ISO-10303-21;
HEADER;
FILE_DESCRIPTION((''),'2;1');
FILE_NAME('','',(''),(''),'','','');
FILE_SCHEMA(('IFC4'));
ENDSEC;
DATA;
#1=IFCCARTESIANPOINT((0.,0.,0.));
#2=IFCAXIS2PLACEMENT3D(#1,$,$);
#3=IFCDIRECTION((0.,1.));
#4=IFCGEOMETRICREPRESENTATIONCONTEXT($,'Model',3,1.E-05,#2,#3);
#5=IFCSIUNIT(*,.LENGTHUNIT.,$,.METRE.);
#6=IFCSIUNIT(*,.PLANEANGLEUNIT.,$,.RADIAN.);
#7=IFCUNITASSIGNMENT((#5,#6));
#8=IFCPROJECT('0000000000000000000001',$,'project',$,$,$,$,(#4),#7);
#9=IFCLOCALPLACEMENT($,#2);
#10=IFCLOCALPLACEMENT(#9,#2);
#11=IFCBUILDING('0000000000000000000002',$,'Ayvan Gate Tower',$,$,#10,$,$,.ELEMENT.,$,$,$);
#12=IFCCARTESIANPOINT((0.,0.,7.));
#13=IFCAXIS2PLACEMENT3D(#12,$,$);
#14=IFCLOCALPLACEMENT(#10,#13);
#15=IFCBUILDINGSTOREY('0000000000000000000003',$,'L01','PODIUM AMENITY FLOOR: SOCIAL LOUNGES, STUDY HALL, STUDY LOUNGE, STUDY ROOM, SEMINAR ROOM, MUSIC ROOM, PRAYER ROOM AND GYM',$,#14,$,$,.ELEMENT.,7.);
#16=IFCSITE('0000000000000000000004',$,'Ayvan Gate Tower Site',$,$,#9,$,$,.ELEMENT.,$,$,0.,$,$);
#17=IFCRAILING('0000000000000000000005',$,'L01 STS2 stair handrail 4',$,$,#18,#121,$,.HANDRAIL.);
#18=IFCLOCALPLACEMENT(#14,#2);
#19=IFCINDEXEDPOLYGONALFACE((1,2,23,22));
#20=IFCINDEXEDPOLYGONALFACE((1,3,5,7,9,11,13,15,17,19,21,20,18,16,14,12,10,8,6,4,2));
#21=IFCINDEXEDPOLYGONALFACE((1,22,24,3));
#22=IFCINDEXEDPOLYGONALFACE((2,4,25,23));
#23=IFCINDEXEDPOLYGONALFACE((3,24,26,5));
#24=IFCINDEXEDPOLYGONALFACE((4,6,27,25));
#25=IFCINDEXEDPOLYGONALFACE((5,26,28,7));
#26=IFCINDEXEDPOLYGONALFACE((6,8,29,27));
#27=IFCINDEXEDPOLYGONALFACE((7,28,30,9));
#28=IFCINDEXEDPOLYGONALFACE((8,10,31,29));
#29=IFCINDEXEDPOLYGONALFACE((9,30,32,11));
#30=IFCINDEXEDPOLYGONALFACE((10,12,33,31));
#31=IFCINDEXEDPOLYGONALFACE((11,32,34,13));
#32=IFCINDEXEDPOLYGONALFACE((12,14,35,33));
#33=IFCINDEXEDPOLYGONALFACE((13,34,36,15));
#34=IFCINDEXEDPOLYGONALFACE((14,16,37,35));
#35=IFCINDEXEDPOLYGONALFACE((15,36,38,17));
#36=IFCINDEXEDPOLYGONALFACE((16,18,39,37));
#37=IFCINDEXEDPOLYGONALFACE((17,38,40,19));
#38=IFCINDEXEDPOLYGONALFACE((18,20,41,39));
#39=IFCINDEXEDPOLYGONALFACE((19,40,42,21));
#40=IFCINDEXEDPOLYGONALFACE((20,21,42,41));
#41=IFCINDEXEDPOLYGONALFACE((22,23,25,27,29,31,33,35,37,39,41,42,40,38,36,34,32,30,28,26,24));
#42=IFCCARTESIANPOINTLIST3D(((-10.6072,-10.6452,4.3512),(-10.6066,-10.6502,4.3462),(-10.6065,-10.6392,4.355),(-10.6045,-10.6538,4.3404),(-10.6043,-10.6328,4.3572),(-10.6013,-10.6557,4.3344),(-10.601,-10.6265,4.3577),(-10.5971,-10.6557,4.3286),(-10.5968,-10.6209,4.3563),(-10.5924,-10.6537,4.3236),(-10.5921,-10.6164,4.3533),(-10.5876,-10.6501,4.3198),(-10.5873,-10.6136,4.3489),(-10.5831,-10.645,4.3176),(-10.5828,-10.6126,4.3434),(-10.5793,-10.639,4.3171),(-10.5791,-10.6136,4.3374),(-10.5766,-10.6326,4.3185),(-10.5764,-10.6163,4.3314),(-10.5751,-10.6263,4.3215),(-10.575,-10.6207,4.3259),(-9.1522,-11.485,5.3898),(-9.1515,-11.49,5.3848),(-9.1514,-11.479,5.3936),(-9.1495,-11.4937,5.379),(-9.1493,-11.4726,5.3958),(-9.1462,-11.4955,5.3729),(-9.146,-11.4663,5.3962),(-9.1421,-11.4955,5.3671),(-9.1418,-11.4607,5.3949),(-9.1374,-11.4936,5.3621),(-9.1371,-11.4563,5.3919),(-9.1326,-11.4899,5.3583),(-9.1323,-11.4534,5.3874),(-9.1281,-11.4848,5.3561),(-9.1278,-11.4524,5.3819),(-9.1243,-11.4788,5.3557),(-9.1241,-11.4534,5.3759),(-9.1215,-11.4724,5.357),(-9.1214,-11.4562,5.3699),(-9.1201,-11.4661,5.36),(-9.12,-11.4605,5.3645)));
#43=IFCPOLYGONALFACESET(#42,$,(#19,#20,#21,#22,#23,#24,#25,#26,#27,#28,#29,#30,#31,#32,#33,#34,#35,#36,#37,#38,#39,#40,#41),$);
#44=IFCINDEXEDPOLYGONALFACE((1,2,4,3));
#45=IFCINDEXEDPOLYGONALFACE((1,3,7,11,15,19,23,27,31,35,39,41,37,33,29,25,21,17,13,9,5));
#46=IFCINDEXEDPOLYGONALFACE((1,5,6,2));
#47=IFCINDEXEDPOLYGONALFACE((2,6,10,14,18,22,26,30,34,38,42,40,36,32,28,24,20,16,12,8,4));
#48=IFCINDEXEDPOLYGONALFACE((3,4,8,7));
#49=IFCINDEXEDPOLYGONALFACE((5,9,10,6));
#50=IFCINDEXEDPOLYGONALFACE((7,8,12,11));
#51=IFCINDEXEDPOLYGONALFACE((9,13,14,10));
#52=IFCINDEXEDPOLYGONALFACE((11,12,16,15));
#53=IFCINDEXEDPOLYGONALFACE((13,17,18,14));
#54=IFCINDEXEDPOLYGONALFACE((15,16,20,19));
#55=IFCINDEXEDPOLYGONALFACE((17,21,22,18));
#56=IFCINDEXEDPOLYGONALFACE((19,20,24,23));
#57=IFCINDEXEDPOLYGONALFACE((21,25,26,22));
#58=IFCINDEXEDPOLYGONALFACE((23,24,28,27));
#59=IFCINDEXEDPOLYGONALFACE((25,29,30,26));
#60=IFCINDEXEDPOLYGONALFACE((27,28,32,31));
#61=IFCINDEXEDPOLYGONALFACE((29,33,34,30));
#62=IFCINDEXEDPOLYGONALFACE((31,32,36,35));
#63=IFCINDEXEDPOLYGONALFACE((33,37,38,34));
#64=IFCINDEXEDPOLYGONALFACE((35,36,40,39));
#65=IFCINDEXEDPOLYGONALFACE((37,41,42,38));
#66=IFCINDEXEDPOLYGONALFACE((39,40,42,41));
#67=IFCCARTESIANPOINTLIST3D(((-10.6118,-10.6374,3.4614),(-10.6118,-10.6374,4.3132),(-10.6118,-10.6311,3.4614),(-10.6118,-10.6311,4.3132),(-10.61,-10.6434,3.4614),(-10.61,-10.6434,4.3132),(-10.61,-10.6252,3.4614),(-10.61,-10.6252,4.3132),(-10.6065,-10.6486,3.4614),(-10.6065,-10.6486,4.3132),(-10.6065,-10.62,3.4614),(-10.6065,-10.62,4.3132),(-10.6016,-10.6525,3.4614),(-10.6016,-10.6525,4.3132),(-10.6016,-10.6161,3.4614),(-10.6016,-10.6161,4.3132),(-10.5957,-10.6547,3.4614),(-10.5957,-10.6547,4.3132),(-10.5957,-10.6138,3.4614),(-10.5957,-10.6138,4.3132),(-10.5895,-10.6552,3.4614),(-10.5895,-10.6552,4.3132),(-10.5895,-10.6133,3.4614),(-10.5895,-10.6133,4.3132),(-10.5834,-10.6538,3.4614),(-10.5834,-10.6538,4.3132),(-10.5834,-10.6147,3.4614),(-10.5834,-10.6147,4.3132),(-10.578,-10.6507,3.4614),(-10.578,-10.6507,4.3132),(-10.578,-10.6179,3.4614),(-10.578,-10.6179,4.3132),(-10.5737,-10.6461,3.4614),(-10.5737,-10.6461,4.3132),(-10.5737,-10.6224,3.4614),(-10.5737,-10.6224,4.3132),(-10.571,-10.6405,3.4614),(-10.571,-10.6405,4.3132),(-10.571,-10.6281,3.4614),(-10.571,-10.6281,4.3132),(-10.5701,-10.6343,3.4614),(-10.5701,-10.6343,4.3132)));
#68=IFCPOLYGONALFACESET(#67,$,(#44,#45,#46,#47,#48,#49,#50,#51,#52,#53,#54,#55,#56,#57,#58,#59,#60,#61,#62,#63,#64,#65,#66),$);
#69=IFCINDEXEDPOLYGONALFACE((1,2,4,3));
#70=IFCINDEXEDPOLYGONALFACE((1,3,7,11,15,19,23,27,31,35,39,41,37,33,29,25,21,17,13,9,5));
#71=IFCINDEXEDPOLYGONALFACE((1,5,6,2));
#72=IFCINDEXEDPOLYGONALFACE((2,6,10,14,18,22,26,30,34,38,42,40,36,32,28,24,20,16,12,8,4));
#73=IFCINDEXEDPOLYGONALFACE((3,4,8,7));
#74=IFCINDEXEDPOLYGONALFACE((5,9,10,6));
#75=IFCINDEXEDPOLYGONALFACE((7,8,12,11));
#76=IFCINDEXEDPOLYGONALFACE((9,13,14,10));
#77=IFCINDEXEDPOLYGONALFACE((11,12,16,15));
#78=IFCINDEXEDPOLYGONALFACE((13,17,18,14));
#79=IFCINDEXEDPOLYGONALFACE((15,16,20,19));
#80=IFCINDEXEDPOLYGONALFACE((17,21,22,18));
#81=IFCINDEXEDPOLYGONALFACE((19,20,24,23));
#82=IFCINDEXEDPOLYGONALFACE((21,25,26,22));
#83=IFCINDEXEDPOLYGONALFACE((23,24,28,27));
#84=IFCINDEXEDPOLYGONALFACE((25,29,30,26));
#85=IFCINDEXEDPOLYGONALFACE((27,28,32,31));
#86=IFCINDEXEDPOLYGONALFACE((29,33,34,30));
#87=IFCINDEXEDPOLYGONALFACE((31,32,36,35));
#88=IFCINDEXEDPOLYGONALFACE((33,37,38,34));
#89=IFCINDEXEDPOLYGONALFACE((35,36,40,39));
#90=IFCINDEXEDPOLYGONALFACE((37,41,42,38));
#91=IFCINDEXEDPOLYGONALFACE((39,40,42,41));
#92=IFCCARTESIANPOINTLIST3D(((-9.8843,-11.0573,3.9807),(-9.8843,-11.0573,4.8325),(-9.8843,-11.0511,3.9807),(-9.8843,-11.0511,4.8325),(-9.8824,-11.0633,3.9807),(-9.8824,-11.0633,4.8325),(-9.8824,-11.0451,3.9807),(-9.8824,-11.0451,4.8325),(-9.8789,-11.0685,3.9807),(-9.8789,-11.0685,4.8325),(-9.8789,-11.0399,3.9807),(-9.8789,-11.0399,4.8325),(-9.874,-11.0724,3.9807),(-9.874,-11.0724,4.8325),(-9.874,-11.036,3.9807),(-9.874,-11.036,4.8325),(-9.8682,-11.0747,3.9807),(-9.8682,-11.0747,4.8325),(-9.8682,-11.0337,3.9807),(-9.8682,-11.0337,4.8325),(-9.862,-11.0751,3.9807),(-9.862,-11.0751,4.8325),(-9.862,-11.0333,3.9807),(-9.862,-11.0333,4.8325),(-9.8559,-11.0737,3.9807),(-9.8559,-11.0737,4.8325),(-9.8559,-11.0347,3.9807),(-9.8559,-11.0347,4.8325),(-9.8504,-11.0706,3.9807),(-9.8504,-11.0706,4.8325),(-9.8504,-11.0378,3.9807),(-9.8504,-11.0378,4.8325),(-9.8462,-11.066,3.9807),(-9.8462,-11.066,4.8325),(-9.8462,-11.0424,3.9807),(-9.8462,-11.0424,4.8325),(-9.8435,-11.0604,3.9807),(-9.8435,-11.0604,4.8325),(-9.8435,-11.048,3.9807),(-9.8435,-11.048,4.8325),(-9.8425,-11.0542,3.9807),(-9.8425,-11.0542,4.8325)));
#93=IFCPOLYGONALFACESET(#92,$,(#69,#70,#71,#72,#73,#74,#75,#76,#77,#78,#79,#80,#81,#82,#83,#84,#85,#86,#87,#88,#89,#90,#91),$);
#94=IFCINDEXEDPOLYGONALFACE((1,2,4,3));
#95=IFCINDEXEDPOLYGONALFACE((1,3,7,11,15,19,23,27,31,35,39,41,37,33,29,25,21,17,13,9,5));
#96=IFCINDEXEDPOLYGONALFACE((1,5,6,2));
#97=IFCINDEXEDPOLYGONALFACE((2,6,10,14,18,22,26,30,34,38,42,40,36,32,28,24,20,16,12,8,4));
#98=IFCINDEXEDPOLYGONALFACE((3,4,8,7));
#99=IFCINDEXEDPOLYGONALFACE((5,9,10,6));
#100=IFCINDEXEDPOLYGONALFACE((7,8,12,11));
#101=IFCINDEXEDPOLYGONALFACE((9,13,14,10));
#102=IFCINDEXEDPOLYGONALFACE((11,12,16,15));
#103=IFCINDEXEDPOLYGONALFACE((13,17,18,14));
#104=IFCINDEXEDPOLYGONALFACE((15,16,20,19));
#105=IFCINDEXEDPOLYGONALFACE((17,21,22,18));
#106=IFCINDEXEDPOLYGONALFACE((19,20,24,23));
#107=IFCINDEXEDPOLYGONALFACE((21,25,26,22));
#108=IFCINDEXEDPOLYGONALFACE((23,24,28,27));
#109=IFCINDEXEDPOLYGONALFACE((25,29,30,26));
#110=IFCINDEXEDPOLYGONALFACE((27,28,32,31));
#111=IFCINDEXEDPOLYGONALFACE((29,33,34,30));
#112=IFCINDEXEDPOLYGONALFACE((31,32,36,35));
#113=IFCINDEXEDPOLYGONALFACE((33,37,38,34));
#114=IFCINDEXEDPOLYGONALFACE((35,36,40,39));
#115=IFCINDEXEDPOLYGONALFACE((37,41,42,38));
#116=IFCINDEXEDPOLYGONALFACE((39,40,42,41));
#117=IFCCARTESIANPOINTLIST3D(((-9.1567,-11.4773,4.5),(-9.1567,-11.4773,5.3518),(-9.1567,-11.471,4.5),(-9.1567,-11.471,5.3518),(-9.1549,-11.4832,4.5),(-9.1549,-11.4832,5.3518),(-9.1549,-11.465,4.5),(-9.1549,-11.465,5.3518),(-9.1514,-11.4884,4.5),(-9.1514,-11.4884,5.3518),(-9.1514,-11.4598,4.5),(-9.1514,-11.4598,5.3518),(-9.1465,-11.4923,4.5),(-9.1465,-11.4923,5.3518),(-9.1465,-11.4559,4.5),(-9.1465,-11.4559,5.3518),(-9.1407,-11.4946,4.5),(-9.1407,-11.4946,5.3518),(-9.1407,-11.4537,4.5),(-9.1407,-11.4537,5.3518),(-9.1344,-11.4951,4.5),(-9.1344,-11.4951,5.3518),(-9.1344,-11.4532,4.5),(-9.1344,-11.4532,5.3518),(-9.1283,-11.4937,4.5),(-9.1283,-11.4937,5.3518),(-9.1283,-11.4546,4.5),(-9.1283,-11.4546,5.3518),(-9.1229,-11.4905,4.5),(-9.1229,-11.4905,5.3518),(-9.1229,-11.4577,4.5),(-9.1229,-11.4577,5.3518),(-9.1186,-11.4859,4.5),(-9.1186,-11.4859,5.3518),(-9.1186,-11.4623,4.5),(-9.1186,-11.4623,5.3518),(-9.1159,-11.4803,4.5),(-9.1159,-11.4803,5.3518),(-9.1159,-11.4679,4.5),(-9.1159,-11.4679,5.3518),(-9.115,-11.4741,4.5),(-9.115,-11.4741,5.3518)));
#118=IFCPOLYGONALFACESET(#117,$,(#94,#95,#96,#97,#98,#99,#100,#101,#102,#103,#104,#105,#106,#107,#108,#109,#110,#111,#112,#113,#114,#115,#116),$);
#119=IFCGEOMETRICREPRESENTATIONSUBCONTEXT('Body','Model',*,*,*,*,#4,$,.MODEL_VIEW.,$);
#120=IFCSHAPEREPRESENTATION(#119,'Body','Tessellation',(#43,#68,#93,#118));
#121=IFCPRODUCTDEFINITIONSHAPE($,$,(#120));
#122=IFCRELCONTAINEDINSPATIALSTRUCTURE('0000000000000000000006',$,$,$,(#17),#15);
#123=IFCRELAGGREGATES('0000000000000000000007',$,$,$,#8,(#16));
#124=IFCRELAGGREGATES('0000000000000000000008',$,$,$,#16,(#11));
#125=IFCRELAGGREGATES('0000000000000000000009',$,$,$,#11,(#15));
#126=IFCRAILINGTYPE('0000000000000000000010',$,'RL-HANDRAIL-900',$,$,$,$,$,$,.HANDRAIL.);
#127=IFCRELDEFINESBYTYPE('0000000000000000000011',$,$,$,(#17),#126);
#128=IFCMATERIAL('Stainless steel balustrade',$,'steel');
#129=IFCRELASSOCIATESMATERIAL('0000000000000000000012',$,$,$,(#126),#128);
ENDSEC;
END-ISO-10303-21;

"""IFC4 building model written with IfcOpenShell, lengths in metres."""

from ifc_helpers import new_model, si_unit, direction, frame, origin, origin_2d, place, context, subcontext, project, spatial, circle, extrude, material, type_object, element, save


model = new_model("IFC4")

# Units and contexts
model_context = context("Model", 3, precision=1e-05, world=origin(), true_north=direction((0.0, 1.0)))
body_context = subcontext(model_context, "Body", "Model", "MODEL_VIEW")
ifc_project = project(units=[si_unit("LENGTHUNIT", "METRE"), si_unit("PLANEANGLEUNIT", "RADIAN")], contexts=[model_context])

# Site, building, storey
site_placement = place(None, origin())
site = spatial("IfcSite", under=ifc_project, at=site_placement, Name="Ayvan Gate Tower Site", CompositionType="ELEMENT", RefElevation=0.0)
building_placement = place(site_placement, origin())
building = spatial("IfcBuilding", under=site, at=building_placement, Name="Ayvan Gate Tower", CompositionType="ELEMENT")
storey_placement = place(building_placement, frame((0.0, 0.0, 7.0)))
storey = spatial("IfcBuildingStorey", under=building, at=storey_placement, Name="L01", Description="PODIUM AMENITY FLOOR: SOCIAL LOUNGES, STUDY HALL, STUDY LOUNGE, STUDY ROOM, SEMINAR ROOM, MUSIC ROOM, PRAYER ROOM AND GYM", CompositionType="ELEMENT", Elevation=7.0)

# Railing
ifc_material_1 = material(Name="Stainless steel balustrade", Category="steel")
railing_type_1 = type_object("IfcRailingType", Name="RL-HANDRAIL-900", PredefinedType="HANDRAIL", material=ifc_material_1)
railing_1_placement = place(storey_placement, frame((-10.5911, -10.6343, 3.4614)))
element("IfcRailing", 1, at=railing_1_placement, inside=storey, type_object=railing_type_1, Name="L01 STS2 stair handrail 4", PredefinedType="HANDRAIL", context=body_context, shape_type="SweptSolid", body=[
    extrude(circle(Radius=0.0239, at=origin_2d()), frame((0.0, 0.0, 0.876), z_axis=(0.736692, -0.425205, 0.52582), x_axis=(0.49989, 0.866089, 0.0)), (0.0, 0.0, 1.0), 1.9751),
    extrude(circle(Radius=0.021, at=origin_2d()), origin(), (0.0, 0.0, 1.0), 0.8518),
    extrude(circle(Radius=0.021, at=origin_2d()), frame((0.7275, -0.4199, 0.5193)), (0.0, 0.0, 1.0), 0.8518),
    extrude(circle(Radius=0.021, at=origin_2d()), frame((1.4551, -0.8398, 1.0386)), (0.0, 0.0, 1.0), 0.8518),
])

save(model, "model.ifc")
